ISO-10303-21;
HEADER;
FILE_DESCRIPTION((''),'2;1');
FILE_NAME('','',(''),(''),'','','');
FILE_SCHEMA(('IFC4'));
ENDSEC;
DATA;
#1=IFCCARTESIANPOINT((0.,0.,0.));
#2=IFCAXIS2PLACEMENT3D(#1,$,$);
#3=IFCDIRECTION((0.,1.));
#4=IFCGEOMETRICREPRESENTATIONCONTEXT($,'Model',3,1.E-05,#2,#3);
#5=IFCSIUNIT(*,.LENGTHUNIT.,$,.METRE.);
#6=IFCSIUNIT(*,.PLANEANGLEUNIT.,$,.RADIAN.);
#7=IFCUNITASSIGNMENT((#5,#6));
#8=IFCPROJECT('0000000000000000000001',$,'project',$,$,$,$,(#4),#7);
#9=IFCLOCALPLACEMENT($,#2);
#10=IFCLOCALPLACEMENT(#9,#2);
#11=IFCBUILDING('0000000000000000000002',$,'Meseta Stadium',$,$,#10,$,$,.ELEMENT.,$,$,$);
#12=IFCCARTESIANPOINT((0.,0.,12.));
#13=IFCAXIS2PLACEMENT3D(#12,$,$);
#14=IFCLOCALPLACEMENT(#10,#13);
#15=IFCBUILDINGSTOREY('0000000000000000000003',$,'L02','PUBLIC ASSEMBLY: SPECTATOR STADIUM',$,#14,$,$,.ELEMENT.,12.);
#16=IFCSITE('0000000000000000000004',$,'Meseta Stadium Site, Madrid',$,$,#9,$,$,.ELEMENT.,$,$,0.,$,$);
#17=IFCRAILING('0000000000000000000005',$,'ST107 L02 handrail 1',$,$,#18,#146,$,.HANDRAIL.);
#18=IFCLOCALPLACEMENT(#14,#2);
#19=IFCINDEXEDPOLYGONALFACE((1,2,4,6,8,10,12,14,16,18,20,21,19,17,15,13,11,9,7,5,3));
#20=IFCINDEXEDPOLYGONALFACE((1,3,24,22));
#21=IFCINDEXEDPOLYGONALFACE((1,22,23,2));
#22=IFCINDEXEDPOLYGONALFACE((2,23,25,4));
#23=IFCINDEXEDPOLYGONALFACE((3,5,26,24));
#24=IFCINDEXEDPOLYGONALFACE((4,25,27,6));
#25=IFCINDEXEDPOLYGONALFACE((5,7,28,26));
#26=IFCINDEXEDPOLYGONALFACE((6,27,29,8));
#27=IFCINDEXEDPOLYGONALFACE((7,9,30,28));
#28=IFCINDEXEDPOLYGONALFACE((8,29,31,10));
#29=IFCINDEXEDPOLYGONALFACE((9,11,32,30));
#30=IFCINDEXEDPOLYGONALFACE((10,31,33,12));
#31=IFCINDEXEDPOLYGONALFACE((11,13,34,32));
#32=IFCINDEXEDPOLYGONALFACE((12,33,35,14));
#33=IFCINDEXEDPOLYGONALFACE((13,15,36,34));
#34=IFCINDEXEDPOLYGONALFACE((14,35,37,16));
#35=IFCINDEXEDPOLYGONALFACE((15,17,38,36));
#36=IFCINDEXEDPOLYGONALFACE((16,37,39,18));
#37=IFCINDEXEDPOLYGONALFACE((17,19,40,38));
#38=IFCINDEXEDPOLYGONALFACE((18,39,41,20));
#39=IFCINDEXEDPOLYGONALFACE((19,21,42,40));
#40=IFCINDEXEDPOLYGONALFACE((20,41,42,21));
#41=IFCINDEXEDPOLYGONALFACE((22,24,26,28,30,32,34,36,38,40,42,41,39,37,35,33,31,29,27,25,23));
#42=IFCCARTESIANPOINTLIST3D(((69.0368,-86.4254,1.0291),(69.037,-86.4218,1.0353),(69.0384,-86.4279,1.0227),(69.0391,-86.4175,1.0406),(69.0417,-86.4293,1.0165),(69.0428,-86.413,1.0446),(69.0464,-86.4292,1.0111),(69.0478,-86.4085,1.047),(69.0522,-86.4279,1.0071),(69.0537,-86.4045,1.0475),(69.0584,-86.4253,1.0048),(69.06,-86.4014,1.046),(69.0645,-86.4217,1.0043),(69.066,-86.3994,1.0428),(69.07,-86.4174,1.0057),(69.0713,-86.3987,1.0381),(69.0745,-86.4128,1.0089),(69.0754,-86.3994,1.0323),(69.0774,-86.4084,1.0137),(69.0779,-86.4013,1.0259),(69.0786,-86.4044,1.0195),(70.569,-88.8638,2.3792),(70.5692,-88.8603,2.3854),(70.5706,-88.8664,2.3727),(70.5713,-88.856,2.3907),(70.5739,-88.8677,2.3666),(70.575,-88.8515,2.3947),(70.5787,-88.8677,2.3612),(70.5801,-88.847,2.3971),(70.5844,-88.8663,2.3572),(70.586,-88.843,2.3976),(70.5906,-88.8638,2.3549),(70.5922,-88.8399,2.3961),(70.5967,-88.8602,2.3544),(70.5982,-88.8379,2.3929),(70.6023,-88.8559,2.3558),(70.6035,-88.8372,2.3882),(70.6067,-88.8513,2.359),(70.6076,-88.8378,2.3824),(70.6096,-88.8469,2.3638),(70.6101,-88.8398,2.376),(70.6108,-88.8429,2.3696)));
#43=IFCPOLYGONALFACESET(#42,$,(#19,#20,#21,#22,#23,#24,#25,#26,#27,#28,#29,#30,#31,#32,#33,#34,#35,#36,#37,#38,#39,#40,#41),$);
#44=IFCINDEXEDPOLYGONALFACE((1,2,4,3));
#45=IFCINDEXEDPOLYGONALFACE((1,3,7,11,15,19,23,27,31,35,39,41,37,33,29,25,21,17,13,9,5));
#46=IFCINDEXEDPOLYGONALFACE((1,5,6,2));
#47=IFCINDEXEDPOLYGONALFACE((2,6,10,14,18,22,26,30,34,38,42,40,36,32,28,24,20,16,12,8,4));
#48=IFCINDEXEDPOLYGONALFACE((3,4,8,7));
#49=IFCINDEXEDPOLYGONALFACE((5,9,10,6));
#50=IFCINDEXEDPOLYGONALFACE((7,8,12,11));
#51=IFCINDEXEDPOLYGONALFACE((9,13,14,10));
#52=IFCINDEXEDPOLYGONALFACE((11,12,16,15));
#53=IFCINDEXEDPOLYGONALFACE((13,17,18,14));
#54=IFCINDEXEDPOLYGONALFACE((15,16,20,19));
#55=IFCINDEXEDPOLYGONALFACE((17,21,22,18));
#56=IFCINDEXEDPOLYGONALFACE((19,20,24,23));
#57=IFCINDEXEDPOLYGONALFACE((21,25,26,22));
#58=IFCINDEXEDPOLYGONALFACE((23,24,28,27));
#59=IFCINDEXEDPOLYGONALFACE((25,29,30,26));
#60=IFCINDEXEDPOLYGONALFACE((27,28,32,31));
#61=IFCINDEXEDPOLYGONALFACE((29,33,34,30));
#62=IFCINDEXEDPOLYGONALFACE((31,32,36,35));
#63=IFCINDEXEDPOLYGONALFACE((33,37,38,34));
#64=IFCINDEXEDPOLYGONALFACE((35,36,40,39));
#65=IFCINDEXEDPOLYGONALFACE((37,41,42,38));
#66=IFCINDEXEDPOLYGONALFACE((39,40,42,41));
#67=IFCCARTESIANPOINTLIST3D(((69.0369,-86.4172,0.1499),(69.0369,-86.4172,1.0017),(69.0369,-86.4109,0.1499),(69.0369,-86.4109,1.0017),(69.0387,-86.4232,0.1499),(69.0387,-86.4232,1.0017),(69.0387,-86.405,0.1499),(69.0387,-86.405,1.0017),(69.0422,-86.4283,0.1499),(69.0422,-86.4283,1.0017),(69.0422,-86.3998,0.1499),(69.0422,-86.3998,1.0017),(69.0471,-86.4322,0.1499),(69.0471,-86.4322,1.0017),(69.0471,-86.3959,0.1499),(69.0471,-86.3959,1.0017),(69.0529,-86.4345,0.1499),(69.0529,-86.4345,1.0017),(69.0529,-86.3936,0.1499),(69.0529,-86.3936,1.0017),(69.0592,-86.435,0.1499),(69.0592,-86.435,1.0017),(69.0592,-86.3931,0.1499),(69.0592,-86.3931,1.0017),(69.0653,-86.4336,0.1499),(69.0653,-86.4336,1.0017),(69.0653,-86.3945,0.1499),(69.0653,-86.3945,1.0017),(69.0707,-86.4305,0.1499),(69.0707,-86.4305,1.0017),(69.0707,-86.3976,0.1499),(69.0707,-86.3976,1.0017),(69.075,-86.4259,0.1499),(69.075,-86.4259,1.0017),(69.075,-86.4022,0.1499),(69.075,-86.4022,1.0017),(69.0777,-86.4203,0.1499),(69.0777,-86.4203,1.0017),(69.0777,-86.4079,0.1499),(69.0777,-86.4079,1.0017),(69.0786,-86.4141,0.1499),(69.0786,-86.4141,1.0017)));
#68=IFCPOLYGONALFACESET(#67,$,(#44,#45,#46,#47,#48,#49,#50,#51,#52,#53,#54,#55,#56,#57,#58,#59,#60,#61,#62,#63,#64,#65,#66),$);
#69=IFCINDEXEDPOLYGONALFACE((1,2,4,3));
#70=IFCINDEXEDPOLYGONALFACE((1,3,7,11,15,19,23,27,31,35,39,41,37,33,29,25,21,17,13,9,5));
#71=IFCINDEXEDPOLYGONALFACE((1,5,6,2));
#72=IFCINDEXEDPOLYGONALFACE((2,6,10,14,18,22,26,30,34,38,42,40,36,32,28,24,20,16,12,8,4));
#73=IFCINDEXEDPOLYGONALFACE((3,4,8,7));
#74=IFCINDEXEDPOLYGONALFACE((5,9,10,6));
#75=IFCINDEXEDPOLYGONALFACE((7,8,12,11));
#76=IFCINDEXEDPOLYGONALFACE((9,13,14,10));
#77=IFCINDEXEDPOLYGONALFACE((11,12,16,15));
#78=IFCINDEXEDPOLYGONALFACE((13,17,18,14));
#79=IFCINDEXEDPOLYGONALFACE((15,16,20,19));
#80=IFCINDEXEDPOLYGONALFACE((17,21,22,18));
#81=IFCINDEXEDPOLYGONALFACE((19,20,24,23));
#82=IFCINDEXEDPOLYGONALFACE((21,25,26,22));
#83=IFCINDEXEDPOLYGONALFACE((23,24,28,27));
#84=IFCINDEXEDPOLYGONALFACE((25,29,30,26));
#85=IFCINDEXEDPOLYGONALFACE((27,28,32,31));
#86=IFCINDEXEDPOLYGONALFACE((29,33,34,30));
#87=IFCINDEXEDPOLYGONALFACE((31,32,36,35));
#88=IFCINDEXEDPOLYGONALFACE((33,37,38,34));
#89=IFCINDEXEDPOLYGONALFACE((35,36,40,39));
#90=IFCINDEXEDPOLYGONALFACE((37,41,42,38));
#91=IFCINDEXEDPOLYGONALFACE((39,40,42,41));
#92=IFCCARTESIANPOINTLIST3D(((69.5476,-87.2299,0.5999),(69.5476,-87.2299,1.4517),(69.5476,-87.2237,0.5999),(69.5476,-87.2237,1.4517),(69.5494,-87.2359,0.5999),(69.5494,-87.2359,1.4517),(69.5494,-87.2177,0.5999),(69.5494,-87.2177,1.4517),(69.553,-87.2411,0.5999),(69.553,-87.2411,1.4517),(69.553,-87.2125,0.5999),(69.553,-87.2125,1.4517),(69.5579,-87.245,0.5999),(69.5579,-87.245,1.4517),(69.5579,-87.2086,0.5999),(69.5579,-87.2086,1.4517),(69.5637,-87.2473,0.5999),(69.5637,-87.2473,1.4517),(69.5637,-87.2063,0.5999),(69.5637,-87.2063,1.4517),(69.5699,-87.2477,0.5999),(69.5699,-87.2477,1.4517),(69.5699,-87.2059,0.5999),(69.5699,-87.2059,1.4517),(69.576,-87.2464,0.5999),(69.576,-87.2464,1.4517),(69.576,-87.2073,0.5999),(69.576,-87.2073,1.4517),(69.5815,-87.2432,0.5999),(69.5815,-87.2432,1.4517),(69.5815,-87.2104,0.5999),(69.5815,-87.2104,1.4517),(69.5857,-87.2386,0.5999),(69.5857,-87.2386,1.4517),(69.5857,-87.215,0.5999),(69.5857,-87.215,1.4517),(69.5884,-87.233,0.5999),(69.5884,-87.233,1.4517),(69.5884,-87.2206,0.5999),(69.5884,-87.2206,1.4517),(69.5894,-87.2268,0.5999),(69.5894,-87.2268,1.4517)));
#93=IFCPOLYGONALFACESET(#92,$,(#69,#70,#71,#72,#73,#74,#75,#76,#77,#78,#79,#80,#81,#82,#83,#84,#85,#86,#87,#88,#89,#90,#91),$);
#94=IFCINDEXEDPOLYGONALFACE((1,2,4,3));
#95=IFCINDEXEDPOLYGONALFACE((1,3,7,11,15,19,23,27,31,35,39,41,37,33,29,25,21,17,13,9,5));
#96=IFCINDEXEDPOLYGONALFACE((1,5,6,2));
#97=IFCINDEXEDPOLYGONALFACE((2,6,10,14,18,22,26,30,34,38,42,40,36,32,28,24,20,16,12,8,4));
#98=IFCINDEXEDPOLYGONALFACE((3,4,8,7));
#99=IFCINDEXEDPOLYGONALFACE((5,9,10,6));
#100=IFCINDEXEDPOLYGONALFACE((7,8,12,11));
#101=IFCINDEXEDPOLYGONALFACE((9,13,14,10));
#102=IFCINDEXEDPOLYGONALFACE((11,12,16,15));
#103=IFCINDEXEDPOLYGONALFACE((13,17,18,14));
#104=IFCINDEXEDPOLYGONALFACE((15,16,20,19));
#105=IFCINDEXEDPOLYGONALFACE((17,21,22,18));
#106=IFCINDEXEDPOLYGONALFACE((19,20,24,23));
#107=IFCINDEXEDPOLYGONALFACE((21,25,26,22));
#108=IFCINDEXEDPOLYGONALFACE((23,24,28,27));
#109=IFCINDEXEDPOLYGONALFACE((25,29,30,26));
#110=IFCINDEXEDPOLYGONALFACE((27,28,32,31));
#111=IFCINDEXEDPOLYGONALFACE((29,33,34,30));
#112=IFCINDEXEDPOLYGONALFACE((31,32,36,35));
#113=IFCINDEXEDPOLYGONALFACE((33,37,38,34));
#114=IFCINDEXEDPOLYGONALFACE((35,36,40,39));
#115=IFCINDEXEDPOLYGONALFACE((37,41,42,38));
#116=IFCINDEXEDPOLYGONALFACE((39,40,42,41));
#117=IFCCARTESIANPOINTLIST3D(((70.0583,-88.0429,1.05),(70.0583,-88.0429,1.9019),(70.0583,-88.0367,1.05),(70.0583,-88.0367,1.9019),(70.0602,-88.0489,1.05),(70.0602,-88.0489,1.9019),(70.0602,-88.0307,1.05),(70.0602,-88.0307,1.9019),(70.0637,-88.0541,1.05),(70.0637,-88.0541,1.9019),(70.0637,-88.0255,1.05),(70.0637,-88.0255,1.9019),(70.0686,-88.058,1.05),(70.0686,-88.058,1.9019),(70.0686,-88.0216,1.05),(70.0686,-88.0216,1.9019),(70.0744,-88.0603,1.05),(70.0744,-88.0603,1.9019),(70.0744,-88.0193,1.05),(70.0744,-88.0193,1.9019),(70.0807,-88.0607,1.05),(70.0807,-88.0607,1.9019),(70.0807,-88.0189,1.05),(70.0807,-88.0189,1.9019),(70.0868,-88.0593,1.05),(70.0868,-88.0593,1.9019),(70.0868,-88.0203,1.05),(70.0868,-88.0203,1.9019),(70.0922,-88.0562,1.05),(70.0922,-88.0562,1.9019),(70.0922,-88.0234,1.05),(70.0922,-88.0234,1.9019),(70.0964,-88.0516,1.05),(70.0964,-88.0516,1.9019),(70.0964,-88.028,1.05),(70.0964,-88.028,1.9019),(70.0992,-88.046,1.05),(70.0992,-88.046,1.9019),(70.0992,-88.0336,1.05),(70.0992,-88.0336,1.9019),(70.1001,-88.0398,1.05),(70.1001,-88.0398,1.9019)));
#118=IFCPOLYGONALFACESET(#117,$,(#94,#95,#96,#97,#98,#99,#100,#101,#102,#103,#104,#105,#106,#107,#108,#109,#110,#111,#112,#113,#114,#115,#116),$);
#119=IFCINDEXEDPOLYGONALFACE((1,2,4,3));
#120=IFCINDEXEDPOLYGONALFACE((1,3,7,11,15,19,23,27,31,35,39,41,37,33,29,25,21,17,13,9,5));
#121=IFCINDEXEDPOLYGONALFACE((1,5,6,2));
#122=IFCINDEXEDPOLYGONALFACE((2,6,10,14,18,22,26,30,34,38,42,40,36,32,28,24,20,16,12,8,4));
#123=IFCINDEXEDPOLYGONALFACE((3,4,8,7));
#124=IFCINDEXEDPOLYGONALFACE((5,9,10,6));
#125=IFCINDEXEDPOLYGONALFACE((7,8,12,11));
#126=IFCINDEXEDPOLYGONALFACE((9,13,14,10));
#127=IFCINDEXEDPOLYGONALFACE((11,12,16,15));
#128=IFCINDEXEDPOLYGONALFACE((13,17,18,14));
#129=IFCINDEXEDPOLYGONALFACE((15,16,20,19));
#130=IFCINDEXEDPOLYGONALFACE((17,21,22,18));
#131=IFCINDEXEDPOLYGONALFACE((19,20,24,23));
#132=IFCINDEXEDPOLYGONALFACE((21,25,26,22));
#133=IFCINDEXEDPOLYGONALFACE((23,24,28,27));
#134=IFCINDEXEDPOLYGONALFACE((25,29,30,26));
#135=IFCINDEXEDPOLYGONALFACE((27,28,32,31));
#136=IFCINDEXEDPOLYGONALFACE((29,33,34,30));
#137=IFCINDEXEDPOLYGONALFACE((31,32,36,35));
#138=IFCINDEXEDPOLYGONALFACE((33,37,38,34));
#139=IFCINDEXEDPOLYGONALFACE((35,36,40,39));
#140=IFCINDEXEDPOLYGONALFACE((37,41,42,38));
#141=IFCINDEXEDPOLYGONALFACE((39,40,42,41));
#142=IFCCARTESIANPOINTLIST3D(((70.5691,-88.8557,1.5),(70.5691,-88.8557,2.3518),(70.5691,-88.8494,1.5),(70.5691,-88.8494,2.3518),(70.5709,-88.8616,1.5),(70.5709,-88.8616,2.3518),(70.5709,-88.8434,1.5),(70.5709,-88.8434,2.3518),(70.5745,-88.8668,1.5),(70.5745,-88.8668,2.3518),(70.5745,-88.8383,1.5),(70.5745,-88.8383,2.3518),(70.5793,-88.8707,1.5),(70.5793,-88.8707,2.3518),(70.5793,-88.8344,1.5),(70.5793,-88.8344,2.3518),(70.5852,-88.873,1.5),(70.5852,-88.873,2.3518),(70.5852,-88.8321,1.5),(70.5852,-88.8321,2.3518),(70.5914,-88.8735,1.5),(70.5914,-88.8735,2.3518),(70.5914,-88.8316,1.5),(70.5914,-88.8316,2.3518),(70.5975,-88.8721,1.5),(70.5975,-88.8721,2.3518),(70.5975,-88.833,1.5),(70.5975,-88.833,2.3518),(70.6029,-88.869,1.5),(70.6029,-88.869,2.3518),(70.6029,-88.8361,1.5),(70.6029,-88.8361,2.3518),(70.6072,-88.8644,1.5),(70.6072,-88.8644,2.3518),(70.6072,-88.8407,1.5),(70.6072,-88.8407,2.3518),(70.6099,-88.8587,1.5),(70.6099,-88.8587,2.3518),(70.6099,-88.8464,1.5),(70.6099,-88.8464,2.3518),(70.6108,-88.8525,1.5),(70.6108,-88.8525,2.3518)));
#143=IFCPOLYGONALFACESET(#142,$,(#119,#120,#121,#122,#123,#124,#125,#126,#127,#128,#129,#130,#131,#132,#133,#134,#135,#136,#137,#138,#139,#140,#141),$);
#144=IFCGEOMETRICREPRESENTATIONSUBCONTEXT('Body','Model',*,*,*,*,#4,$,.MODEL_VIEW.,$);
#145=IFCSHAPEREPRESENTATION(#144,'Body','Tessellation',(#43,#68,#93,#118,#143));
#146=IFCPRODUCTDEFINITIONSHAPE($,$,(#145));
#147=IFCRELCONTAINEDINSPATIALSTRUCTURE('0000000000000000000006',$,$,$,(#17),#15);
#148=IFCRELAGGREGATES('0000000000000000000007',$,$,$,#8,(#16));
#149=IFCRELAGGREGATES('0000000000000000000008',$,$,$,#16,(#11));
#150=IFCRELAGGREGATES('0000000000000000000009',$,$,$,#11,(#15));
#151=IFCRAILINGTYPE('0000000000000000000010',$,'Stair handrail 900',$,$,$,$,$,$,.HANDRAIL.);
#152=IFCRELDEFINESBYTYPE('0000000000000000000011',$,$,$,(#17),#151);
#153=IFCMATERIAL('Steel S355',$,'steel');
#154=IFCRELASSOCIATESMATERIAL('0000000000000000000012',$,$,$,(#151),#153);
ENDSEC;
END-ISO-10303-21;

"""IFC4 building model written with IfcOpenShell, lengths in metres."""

from ifc_helpers import new_model, si_unit, direction, frame, origin, origin_2d, place, context, subcontext, project, spatial, circle, extrude, material, type_object, element, save


model = new_model("IFC4")

# Units and contexts
model_context = context("Model", 3, precision=1e-05, world=origin(), true_north=direction((0.0, 1.0)))
body_context = subcontext(model_context, "Body", "Model", "MODEL_VIEW")
ifc_project = project(units=[si_unit("LENGTHUNIT", "METRE"), si_unit("PLANEANGLEUNIT", "RADIAN")], contexts=[model_context])

# Site, building, storey
site_placement = place(None, origin())
site = spatial("IfcSite", under=ifc_project, at=site_placement, Name="Meseta Stadium Site, Madrid", CompositionType="ELEMENT", RefElevation=0.0)
building_placement = place(site_placement, origin())
building = spatial("IfcBuilding", under=site, at=building_placement, Name="Meseta Stadium", CompositionType="ELEMENT")
storey_placement = place(building_placement, frame((0.0, 0.0, 12.0)))
storey = spatial("IfcBuildingStorey", under=building, at=storey_placement, Name="L02", Description="PUBLIC ASSEMBLY: SPECTATOR STADIUM", CompositionType="ELEMENT", Elevation=12.0)

# Railing
ifc_material_1 = material(Name="Steel S355", Category="steel")
railing_type_1 = type_object("IfcRailingType", Name="Stair handrail 900", PredefinedType="HANDRAIL", material=ifc_material_1)
for number, where, name in (
    (1, (69.0576, -86.4141, 0.1499), "ST107 L02 handrail 1"),
):
    element("IfcRailing", number, at=place(storey_placement, frame(where)), inside=storey, type_object=railing_type_1, Name=name, PredefinedType="HANDRAIL", context=body_context, shape_type="SweptSolid", body=[
        extrude(circle(Radius=0.0239, at=origin_2d()), frame((0.0, 0.0, 0.876), z_axis=(0.481731, -0.766655, 0.42447), x_axis=(0.846719, 0.53204, 0.0)), (0.0, 0.0, 1.0), 3.1807),
        extrude(circle(Radius=0.021, at=origin_2d()), origin(), (0.0, 0.0, 1.0), 0.8518),
        extrude(circle(Radius=0.021, at=origin_2d()), frame((0.5107, -0.8127, 0.45)), (0.0, 0.0, 1.0), 0.8518),
        extrude(circle(Radius=0.021, at=origin_2d()), frame((1.0215, -1.6257, 0.9001)), (0.0, 0.0, 1.0), 0.8518),
        extrude(circle(Radius=0.021, at=origin_2d()), frame((1.5322, -2.4385, 1.3501)), (0.0, 0.0, 1.0), 0.8518),
    ])

save(model, "model.ifc")
